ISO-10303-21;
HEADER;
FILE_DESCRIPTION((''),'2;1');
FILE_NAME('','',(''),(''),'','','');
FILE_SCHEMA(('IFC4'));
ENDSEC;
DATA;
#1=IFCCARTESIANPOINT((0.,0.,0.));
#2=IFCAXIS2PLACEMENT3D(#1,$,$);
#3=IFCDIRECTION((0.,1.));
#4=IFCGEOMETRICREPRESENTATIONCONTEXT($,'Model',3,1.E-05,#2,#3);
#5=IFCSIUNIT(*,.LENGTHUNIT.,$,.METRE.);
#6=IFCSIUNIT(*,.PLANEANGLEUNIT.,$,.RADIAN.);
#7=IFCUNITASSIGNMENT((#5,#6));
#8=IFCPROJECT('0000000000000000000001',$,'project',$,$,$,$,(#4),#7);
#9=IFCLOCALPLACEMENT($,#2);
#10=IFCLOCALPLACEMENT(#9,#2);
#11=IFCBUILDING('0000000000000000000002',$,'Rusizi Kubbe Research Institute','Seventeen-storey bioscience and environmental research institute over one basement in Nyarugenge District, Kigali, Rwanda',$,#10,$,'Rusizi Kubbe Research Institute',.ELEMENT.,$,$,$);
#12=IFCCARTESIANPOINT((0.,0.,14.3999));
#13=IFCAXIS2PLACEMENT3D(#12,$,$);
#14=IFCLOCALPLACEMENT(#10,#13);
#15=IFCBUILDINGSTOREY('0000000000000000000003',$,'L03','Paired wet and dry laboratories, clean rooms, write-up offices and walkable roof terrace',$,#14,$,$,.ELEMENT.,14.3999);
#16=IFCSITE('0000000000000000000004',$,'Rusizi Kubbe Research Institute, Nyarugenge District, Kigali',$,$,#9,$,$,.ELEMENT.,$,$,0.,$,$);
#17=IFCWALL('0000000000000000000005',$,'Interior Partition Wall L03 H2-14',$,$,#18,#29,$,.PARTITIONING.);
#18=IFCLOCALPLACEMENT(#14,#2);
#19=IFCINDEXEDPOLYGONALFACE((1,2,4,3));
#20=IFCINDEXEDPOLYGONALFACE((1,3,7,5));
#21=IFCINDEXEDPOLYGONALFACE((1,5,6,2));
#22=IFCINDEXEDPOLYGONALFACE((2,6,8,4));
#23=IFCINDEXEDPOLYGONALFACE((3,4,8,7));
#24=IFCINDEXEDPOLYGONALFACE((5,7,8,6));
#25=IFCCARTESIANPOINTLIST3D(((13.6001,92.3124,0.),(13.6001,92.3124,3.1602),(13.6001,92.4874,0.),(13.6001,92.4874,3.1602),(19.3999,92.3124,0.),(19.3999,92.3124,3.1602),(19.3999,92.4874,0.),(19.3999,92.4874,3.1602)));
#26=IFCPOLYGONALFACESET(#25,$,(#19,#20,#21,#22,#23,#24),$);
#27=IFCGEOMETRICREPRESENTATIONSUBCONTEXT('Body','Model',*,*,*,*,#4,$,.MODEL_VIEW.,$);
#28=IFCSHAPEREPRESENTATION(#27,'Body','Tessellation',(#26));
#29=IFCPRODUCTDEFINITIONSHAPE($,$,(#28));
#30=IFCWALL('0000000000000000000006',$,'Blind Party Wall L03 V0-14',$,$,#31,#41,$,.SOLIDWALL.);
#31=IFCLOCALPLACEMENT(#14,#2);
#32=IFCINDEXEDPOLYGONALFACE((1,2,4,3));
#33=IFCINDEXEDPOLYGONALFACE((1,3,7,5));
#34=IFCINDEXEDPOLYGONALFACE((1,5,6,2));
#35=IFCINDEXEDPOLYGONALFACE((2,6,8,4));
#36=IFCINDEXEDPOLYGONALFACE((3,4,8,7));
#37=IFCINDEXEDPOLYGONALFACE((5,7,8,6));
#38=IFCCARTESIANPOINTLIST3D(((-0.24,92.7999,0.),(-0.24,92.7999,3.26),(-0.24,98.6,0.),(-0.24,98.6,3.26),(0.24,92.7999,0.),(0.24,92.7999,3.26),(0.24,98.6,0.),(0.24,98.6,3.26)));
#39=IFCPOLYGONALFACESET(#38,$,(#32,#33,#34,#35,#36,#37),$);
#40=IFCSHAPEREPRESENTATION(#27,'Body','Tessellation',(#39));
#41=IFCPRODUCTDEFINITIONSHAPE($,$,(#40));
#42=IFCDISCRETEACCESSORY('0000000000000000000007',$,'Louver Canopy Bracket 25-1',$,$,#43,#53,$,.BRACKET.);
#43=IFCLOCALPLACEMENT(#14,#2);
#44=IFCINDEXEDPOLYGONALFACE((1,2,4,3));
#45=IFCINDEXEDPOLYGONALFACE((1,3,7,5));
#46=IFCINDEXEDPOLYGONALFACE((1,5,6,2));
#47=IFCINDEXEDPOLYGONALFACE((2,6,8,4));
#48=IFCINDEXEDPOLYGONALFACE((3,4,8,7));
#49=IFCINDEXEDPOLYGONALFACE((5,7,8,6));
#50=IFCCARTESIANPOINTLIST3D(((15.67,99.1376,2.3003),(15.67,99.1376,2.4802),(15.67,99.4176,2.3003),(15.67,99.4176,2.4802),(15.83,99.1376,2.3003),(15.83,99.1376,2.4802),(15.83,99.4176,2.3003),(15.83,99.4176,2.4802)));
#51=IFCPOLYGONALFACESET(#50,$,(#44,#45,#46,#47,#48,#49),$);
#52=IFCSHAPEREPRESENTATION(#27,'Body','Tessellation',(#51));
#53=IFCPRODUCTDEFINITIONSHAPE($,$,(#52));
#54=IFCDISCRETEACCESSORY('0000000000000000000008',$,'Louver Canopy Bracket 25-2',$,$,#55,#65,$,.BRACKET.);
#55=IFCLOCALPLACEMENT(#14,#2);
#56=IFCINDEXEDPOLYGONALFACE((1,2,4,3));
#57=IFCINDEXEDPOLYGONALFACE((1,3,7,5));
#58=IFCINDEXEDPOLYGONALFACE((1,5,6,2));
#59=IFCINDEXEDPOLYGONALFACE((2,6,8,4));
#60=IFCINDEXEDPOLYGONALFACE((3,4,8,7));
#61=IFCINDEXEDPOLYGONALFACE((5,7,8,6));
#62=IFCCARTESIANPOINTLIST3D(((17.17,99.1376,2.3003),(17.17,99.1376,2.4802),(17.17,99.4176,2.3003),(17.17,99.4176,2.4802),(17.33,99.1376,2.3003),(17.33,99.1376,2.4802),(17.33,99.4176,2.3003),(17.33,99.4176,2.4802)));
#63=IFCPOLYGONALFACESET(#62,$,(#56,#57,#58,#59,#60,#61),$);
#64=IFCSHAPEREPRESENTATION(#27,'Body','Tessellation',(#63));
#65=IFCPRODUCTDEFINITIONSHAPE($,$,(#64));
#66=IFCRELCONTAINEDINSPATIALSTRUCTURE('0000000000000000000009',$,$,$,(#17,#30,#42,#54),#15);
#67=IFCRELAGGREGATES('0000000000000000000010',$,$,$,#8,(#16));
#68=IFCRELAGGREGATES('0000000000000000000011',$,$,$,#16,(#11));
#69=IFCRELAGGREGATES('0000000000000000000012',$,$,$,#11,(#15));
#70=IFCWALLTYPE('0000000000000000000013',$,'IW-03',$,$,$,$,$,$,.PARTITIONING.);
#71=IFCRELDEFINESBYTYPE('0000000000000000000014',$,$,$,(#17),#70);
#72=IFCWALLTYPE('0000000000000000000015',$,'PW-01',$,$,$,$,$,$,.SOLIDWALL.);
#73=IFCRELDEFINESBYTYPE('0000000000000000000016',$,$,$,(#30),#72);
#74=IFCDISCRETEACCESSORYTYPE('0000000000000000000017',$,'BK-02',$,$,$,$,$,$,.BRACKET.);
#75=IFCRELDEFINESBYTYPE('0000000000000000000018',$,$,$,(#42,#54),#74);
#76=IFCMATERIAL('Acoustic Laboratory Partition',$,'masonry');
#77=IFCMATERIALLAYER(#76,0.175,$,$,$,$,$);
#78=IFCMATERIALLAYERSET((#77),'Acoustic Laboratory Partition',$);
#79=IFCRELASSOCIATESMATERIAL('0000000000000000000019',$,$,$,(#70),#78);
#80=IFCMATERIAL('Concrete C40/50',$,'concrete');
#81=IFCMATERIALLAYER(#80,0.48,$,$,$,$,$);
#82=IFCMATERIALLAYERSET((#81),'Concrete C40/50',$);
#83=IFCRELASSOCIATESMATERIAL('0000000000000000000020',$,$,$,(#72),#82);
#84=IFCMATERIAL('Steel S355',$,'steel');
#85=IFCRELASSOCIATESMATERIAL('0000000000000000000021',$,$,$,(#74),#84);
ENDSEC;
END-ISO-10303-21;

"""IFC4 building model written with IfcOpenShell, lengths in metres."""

from ifc_helpers import new_model, si_unit, direction, frame, frame_2d, origin, origin_2d, place, context, subcontext, project, spatial, rectangle, extrude, material, layer, layer_set, type_object, element, save


model = new_model("IFC4")

# Units and contexts
model_context = context("Model", 3, precision=1e-05, world=origin(), true_north=direction((0.0, 1.0)))
body_context = subcontext(model_context, "Body", "Model", "MODEL_VIEW")
ifc_project = project(units=[si_unit("LENGTHUNIT", "METRE"), si_unit("PLANEANGLEUNIT", "RADIAN")], contexts=[model_context])

# Site, building, storey
site_placement = place(None, origin())
site = spatial("IfcSite", under=ifc_project, at=site_placement, Name="Rusizi Kubbe Research Institute, Nyarugenge District, Kigali", CompositionType="ELEMENT", RefElevation=0.0)
building_placement = place(site_placement, origin())
building = spatial("IfcBuilding", under=site, at=building_placement, Name="Rusizi Kubbe Research Institute", Description="Seventeen-storey bioscience and environmental research institute over one basement in Nyarugenge District, Kigali, Rwanda", LongName="Rusizi Kubbe Research Institute", CompositionType="ELEMENT")
storey_placement = place(building_placement, frame((0.0, 0.0, 14.3999)))
storey = spatial("IfcBuildingStorey", under=building, at=storey_placement, Name="L03", Description="Paired wet and dry laboratories, clean rooms, write-up offices and walkable roof terrace", CompositionType="ELEMENT", Elevation=14.3999)

# Walls
ifc_material_1 = material(Name="Acoustic Laboratory Partition", Category="masonry")
ifc_layer_1 = layer(ifc_material_1, 0.175)
ifc_layer_set_1 = layer_set([ifc_layer_1], Name="Acoustic Laboratory Partition")
wall_type_1 = type_object("IfcWallType", Name="IW-03", PredefinedType="PARTITIONING", material=ifc_layer_set_1)
wall_1_placement = place(storey_placement, frame((13.6001, 92.3999, 0.0), z_axis=(0.0, 0.0, 1.0), x_axis=(1.0, 0.0, 0.0)))
element("IfcWall", 1, at=wall_1_placement, inside=storey, type_object=wall_type_1, Name="Interior Partition Wall L03 H2-14", PredefinedType="PARTITIONING", context=body_context, shape_type="SweptSolid", body=[
    extrude(rectangle(XDim=5.7998, YDim=0.175, at=frame_2d((2.8999, 0.0))), origin(), (0.0, 0.0, 1.0), 3.1602),
])
ifc_material_2 = material(Name="Concrete C40/50", Category="concrete")
ifc_layer_2 = layer(ifc_material_2, 0.48)
ifc_layer_set_2 = layer_set([ifc_layer_2], Name="Concrete C40/50")
wall_type_2 = type_object("IfcWallType", Name="PW-01", PredefinedType="SOLIDWALL", material=ifc_layer_set_2)
wall_2_placement = place(storey_placement, frame((0.0, 92.8, 0.0), z_axis=(0.0, 0.0, 1.0), x_axis=(0.0, 1.0, 0.0)))
element("IfcWall", 2, at=wall_2_placement, inside=storey, type_object=wall_type_2, Name="Blind Party Wall L03 V0-14", PredefinedType="SOLIDWALL", context=body_context, shape_type="SweptSolid", body=[
    extrude(rectangle(XDim=5.8, YDim=0.48, at=frame_2d((2.8999, 0.0))), origin(), (0.0, 0.0, 1.0), 3.26),
])

# Discrete accessories
ifc_material_3 = material(Name="Steel S355", Category="steel")
discrete_accessory_type = type_object("IfcDiscreteAccessoryType", Name="BK-02", PredefinedType="BRACKET", material=ifc_material_3)
for number, where, z_axis, x_axis, name in (
    (3, (15.75, 99.2776, 2.3003), (0.0, 0.0, 1.0), (1.0, 0.0, 0.0), "Louver Canopy Bracket 25-1"),
    (4, (17.25, 99.2776, 2.3003), (0.0, 0.0, 1.0), (1.0, 0.0, 0.0), "Louver Canopy Bracket 25-2"),
):
    element("IfcDiscreteAccessory", number, at=place(storey_placement, frame(where, z_axis=z_axis, x_axis=x_axis)), inside=storey, type_object=discrete_accessory_type, Name=name, PredefinedType="BRACKET", context=body_context, shape_type="SweptSolid", body=[
        extrude(rectangle(XDim=0.1599, YDim=0.28, at=origin_2d()), origin(), (0.0, 0.0, 1.0), 0.1799),
    ])

save(model, "model.ifc")
